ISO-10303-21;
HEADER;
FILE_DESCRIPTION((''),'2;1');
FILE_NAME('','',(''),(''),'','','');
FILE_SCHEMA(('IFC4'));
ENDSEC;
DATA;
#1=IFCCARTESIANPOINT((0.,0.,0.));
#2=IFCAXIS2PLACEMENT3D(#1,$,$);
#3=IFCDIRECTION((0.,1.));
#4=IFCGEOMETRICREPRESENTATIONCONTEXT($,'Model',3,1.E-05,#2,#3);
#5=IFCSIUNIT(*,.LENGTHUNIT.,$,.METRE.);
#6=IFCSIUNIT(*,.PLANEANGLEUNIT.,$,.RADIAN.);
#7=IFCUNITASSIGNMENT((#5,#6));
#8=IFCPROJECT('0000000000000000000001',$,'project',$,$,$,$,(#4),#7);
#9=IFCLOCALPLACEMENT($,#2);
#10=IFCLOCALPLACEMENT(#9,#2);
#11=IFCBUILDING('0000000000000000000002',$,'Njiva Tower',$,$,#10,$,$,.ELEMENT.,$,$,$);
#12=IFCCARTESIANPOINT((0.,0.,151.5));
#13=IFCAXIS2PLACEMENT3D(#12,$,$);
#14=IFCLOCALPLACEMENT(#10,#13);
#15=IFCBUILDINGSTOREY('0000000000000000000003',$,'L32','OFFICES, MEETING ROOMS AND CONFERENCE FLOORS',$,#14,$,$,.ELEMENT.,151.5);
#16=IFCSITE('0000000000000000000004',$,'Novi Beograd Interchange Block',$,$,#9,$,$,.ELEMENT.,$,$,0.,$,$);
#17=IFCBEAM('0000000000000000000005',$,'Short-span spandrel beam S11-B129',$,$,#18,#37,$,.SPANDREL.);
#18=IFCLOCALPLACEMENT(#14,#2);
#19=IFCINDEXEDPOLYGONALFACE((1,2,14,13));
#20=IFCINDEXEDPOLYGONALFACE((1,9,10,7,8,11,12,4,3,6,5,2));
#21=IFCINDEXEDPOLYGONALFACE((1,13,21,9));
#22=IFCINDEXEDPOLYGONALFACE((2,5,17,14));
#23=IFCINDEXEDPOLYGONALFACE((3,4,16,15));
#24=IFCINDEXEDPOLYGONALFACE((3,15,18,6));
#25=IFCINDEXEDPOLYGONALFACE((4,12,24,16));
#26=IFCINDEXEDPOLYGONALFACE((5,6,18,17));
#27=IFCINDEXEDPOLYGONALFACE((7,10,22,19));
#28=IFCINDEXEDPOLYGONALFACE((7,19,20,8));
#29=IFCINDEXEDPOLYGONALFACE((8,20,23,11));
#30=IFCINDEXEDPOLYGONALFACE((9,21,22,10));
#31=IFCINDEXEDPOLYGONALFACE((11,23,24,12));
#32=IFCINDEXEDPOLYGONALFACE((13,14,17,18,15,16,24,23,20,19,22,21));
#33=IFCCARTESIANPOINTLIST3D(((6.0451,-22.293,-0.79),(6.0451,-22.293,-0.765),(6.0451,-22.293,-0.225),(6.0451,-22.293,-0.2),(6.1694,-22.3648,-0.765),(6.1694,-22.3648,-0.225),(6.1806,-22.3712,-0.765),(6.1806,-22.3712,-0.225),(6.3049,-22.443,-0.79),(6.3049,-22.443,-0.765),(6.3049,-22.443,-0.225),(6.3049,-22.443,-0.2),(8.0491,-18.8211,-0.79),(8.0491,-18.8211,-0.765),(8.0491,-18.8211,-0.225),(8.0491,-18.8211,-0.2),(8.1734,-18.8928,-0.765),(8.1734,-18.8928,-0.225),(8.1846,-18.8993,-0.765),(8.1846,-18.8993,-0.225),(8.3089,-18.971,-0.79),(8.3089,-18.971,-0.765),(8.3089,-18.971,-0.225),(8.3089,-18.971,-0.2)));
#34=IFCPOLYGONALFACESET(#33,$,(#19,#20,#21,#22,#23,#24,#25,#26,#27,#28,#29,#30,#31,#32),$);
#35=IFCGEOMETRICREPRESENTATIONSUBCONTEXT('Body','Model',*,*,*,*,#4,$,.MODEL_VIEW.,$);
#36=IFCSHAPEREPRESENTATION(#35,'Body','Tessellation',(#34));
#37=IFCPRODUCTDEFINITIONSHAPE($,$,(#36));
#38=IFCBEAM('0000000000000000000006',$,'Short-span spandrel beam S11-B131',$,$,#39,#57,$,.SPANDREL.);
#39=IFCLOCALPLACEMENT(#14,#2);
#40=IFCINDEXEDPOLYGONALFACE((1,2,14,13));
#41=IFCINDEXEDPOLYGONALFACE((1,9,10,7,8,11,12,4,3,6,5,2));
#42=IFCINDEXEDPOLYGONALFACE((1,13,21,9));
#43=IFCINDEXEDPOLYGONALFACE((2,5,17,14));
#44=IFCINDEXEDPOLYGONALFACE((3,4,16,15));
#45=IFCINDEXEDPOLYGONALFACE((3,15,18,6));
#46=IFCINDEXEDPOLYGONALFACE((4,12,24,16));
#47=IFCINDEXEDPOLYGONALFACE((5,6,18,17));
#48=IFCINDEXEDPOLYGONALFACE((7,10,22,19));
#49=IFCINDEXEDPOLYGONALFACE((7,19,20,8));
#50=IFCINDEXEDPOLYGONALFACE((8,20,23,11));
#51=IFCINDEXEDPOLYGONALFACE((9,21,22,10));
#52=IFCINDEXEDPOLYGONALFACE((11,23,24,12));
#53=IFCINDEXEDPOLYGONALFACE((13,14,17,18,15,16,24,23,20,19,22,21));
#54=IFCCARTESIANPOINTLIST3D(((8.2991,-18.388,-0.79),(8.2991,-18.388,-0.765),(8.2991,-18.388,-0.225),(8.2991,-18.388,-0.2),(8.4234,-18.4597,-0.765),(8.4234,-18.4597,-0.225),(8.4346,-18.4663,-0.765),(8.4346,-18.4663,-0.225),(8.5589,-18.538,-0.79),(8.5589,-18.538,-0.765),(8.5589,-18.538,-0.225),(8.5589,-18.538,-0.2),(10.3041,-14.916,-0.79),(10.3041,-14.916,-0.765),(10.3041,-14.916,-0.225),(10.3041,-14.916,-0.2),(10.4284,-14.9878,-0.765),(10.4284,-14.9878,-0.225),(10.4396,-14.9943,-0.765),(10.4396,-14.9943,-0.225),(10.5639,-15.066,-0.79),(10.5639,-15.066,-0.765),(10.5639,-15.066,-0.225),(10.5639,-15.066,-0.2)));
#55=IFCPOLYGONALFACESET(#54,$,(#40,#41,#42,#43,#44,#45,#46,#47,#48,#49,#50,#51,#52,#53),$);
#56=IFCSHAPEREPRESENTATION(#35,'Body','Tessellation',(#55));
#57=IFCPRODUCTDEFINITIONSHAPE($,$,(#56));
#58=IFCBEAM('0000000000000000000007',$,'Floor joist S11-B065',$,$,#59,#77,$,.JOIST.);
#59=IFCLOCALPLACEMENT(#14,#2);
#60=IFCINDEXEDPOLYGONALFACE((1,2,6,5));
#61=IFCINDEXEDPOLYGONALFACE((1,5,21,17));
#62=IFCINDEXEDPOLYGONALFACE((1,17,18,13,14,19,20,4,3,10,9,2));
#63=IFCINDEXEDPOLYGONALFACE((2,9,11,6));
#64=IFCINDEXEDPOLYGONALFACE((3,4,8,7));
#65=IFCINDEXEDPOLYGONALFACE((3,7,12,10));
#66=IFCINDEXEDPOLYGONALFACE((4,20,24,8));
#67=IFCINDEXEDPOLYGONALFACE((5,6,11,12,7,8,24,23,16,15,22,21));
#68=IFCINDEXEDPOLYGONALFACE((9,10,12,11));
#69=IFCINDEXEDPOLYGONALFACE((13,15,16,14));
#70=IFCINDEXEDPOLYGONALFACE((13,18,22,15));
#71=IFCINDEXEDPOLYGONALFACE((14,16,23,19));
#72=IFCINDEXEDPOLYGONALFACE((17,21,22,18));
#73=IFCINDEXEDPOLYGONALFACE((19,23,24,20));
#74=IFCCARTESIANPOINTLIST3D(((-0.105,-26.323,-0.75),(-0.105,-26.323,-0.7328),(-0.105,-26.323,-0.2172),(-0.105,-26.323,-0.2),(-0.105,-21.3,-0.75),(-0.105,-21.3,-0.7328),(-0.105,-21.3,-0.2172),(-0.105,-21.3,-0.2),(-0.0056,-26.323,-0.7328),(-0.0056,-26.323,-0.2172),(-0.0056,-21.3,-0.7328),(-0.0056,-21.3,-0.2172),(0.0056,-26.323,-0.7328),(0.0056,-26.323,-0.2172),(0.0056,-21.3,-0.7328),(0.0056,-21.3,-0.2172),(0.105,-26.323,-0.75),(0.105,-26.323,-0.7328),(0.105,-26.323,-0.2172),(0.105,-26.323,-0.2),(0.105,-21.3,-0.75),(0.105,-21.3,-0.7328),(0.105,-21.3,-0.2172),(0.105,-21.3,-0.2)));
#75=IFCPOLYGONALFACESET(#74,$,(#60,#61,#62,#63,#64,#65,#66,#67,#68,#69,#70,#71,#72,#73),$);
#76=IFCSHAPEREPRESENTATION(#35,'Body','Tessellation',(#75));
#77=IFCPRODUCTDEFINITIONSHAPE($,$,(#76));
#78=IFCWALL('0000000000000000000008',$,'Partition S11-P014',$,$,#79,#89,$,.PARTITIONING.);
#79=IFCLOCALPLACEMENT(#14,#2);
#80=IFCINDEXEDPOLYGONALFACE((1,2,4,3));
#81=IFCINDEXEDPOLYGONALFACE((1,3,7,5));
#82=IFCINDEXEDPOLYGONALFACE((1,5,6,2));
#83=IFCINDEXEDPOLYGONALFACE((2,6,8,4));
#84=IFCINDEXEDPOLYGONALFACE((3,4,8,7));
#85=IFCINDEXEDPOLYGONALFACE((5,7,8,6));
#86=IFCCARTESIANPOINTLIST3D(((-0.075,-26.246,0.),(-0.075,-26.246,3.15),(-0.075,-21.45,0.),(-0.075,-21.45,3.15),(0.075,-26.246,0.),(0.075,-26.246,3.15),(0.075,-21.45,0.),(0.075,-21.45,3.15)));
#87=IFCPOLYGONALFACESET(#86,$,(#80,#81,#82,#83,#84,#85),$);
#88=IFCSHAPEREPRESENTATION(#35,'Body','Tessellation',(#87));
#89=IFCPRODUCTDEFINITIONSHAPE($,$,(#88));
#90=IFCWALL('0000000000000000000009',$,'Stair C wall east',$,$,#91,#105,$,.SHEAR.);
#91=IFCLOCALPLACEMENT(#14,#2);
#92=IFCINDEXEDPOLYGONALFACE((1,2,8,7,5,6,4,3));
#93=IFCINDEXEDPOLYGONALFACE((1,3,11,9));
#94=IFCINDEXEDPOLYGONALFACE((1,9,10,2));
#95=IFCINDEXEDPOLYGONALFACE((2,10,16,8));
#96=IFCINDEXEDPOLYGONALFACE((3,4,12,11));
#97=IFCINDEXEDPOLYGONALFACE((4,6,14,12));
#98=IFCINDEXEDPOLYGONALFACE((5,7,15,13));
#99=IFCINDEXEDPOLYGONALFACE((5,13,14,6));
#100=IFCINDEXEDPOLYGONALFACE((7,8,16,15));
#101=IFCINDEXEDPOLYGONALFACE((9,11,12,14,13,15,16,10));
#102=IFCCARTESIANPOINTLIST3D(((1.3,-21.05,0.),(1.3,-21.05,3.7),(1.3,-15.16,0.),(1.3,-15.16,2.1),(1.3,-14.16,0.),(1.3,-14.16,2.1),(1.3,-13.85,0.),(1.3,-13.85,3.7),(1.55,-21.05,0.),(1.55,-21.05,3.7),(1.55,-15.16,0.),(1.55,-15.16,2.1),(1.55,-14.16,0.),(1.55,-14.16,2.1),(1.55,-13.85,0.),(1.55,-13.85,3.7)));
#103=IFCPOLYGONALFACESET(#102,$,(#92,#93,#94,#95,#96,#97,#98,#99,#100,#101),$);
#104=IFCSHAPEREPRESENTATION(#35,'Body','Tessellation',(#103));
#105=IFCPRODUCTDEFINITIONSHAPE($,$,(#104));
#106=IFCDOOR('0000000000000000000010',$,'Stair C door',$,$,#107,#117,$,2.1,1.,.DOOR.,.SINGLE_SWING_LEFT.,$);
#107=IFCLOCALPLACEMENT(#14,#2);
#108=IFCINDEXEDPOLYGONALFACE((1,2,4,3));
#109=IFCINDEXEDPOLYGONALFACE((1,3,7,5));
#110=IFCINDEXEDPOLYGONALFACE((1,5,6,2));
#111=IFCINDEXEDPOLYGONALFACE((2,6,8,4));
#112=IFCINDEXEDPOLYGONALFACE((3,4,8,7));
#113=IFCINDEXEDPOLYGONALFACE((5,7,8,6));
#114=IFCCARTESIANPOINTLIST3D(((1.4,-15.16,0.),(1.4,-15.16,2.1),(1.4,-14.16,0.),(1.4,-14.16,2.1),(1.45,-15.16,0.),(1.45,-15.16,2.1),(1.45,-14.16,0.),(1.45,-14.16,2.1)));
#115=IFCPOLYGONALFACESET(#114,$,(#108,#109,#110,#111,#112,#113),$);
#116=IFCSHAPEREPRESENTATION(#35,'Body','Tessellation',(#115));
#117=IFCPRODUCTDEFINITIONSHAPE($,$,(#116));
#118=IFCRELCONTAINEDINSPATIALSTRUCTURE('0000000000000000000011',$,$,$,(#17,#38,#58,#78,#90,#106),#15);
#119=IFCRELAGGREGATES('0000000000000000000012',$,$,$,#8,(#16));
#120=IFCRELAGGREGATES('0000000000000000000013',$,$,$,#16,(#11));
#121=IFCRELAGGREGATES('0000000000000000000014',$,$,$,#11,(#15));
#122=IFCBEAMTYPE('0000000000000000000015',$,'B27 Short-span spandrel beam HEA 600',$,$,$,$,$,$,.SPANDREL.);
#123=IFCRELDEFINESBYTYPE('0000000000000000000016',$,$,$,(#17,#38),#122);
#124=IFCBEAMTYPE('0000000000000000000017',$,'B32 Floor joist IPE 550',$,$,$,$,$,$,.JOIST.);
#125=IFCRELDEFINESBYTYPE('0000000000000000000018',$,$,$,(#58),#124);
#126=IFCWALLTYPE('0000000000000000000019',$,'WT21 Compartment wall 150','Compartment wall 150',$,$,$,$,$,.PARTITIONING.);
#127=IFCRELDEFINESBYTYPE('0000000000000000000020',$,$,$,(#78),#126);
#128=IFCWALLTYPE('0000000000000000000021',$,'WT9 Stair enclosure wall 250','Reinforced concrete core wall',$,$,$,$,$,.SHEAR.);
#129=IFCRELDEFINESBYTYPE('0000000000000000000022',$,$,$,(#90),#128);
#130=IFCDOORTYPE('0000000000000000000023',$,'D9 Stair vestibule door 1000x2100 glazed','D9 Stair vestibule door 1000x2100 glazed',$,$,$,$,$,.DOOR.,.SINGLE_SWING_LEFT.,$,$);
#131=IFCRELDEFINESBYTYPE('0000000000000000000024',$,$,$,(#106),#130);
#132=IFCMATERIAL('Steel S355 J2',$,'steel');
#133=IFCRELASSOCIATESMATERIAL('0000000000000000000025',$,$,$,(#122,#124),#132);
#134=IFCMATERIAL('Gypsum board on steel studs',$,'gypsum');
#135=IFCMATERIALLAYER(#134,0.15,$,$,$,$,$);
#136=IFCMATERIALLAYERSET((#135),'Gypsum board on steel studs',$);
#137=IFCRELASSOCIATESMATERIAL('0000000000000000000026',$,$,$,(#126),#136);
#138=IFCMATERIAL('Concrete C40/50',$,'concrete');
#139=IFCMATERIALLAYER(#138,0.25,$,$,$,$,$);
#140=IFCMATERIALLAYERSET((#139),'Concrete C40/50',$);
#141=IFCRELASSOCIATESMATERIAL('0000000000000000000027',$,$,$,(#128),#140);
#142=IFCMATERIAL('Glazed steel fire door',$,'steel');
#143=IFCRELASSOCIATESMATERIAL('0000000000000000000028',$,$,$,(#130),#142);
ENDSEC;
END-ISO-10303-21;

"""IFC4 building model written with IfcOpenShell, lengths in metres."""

from ifc_helpers import new_model, si_unit, direction, frame, frame_2d, origin, origin_2d, place, context, subcontext, project, spatial, rectangle, i_section, extrude, material, layer, layer_set, material_profile, profile_set, type_object, element, fill, save


model = new_model("IFC4")

# Units and contexts
model_context = context("Model", 3, precision=1e-05, world=origin(), true_north=direction((0.0, 1.0)))
body_context = subcontext(model_context, "Body", "Model", "MODEL_VIEW")
ifc_project = project(units=[si_unit("LENGTHUNIT", "METRE"), si_unit("PLANEANGLEUNIT", "RADIAN")], contexts=[model_context])

# Site, building, storey
site_placement = place(None, origin())
site = spatial("IfcSite", under=ifc_project, at=site_placement, Name="Novi Beograd Interchange Block", CompositionType="ELEMENT", RefElevation=0.0)
building_placement = place(site_placement, origin())
building = spatial("IfcBuilding", under=site, at=building_placement, Name="Njiva Tower", CompositionType="ELEMENT")
storey_placement = place(building_placement, frame((0.0, 0.0, 151.5)))
storey = spatial("IfcBuildingStorey", under=building, at=storey_placement, Name="L32", Description="OFFICES, MEETING ROOMS AND CONFERENCE FLOORS", CompositionType="ELEMENT", Elevation=151.5)

# Shared definitions
ifc_material_1 = material(Name="Steel S355 J2", Category="steel")

# Beams
ifc_material_profile_1 = material_profile(ifc_material_1, i_section(OverallWidth=0.3, OverallDepth=0.59, WebThickness=0.013, FlangeThickness=0.025, at=origin_2d()), Name="HEA 600")
ifc_profile_set_1 = profile_set([ifc_material_profile_1], Name="Steel S355 J2")
beam_type_1 = type_object("IfcBeamType", Name="B27 Short-span spandrel beam HEA 600", PredefinedType="SPANDREL", material=ifc_profile_set_1)
beam_1_placement = place(storey_placement, frame((6.175, -22.368, -0.495), z_axis=(0.499895, 0.866086, 0.0), x_axis=(-0.866086, 0.499895, 0.0)))
element("IfcBeam", 1, at=beam_1_placement, inside=storey, type_object=beam_type_1, Name="Short-span spandrel beam S11-B129", PredefinedType="SPANDREL", context=body_context, shape_type="SweptSolid", body=[
    extrude(i_section(OverallWidth=0.3, OverallDepth=0.59, WebThickness=0.013, FlangeThickness=0.025, at=origin_2d()), origin(), (0.0, 0.0, 1.0), 4.0088),
])
beam_2_placement = place(storey_placement, frame((8.429, -18.463, -0.495), z_axis=(0.500082, 0.865978, 0.0), x_axis=(-0.865978, 0.500082, 0.0)))
element("IfcBeam", 2, at=beam_2_placement, inside=storey, type_object=beam_type_1, Name="Short-span spandrel beam S11-B131", PredefinedType="SPANDREL", context=body_context, shape_type="SweptSolid", body=[
    extrude(i_section(OverallWidth=0.3, OverallDepth=0.59, WebThickness=0.013, FlangeThickness=0.025, at=origin_2d()), origin(), (0.0, 0.0, 1.0), 4.0093),
])
ifc_material_profile_2 = material_profile(ifc_material_1, i_section(OverallWidth=0.21, OverallDepth=0.55, WebThickness=0.0111, FlangeThickness=0.0172, at=origin_2d()), Name="IPE 550")
ifc_profile_set_2 = profile_set([ifc_material_profile_2], Name="Steel S355 J2")
beam_type_2 = type_object("IfcBeamType", Name="B32 Floor joist IPE 550", PredefinedType="JOIST", material=ifc_profile_set_2)
beam_3_placement = place(storey_placement, frame((0.0, -21.3, -0.475), z_axis=(0.0, -1.0, 0.0), x_axis=(1.0, 0.0, 0.0)))
element("IfcBeam", 3, at=beam_3_placement, inside=storey, type_object=beam_type_2, Name="Floor joist S11-B065", PredefinedType="JOIST", context=body_context, shape_type="SweptSolid", body=[
    extrude(i_section(OverallWidth=0.21, OverallDepth=0.55, WebThickness=0.0111, FlangeThickness=0.0172, at=origin_2d()), origin(), (0.0, 0.0, 1.0), 5.023),
])

# Wall
ifc_material_2 = material(Name="Gypsum board on steel studs", Category="gypsum")
ifc_layer_1 = layer(ifc_material_2, 0.15)
ifc_layer_set_1 = layer_set([ifc_layer_1], Name="Gypsum board on steel studs")
wall_type_1 = type_object("IfcWallType", Name="WT21 Compartment wall 150", Description="Compartment wall 150", PredefinedType="PARTITIONING", material=ifc_layer_set_1)
wall_1_placement = place(storey_placement, frame((0.0, -26.246, 0.0), z_axis=(0.0, 0.0, 1.0), x_axis=(0.0, 1.0, 0.0)))
element("IfcWall", 4, at=wall_1_placement, inside=storey, type_object=wall_type_1, Name="Partition S11-P014", PredefinedType="PARTITIONING", context=body_context, shape_type="SweptSolid", body=[
    extrude(rectangle(XDim=4.796, YDim=0.15, at=frame_2d((2.398, 0.0))), origin(), (0.0, 0.0, 1.0), 3.15),
])

# Wall, opening, door
ifc_material_3 = material(Name="Concrete C40/50", Category="concrete")
ifc_layer_2 = layer(ifc_material_3, 0.25)
ifc_layer_set_2 = layer_set([ifc_layer_2], Name="Concrete C40/50")
wall_type_2 = type_object("IfcWallType", Name="WT9 Stair enclosure wall 250", Description="Reinforced concrete core wall", PredefinedType="SHEAR", material=ifc_layer_set_2)
wall_2_placement = place(storey_placement, frame((1.425, -21.05, 0.0), z_axis=(0.0, 0.0, 1.0), x_axis=(0.0, 1.0, 0.0)))
wall_2 = element("IfcWall", 5, at=wall_2_placement, inside=storey, type_object=wall_type_2, Name="Stair C wall east", PredefinedType="SHEAR", context=body_context, shape_type="SweptSolid", body=[
    extrude(rectangle(XDim=7.2, YDim=0.25, at=frame_2d((3.6, 0.0))), origin(), (0.0, 0.0, 1.0), 3.7),
])
opening_1_placement = place(wall_2_placement, frame((5.89, 0.0, 0.0)))
opening_1 = element("IfcOpeningElement", 6, at=opening_1_placement, cuts=wall_2, PredefinedType="OPENING", context=body_context, shape_type="SweptSolid", body=[
    extrude(rectangle(XDim=1.0, YDim=2.1, at=frame_2d((0.5, 1.05))), frame((0.0, 0.135, 0.0), z_axis=(0.0, -1.0, 0.0), x_axis=(1.0, 0.0, 0.0)), (0.0, 0.0, 1.0), 0.27),
])
ifc_material_4 = material(Name="Glazed steel fire door", Category="steel")
door_type = type_object("IfcDoorType", Name="D9 Stair vestibule door 1000x2100 glazed", Description="D9 Stair vestibule door 1000x2100 glazed", OperationType="SINGLE_SWING_LEFT", PredefinedType="DOOR", material=ifc_material_4)
door_placement = place(opening_1_placement, origin())
door = element("IfcDoor", 7, at=door_placement, inside=storey, type_object=door_type, Name="Stair C door", OperationType="SINGLE_SWING_LEFT", OverallHeight=2.1, OverallWidth=1.0, PredefinedType="DOOR", context=body_context, shape_type="SweptSolid", body=[
    extrude(rectangle(XDim=1.0, YDim=2.1, at=frame_2d((0.5, 1.05))), frame((0.0, 0.025, 0.0), z_axis=(0.0, -1.0, 0.0), x_axis=(1.0, 0.0, 0.0)), (0.0, 0.0, 1.0), 0.05),
])
fill(opening_1, door)

save(model, "model.ifc")
